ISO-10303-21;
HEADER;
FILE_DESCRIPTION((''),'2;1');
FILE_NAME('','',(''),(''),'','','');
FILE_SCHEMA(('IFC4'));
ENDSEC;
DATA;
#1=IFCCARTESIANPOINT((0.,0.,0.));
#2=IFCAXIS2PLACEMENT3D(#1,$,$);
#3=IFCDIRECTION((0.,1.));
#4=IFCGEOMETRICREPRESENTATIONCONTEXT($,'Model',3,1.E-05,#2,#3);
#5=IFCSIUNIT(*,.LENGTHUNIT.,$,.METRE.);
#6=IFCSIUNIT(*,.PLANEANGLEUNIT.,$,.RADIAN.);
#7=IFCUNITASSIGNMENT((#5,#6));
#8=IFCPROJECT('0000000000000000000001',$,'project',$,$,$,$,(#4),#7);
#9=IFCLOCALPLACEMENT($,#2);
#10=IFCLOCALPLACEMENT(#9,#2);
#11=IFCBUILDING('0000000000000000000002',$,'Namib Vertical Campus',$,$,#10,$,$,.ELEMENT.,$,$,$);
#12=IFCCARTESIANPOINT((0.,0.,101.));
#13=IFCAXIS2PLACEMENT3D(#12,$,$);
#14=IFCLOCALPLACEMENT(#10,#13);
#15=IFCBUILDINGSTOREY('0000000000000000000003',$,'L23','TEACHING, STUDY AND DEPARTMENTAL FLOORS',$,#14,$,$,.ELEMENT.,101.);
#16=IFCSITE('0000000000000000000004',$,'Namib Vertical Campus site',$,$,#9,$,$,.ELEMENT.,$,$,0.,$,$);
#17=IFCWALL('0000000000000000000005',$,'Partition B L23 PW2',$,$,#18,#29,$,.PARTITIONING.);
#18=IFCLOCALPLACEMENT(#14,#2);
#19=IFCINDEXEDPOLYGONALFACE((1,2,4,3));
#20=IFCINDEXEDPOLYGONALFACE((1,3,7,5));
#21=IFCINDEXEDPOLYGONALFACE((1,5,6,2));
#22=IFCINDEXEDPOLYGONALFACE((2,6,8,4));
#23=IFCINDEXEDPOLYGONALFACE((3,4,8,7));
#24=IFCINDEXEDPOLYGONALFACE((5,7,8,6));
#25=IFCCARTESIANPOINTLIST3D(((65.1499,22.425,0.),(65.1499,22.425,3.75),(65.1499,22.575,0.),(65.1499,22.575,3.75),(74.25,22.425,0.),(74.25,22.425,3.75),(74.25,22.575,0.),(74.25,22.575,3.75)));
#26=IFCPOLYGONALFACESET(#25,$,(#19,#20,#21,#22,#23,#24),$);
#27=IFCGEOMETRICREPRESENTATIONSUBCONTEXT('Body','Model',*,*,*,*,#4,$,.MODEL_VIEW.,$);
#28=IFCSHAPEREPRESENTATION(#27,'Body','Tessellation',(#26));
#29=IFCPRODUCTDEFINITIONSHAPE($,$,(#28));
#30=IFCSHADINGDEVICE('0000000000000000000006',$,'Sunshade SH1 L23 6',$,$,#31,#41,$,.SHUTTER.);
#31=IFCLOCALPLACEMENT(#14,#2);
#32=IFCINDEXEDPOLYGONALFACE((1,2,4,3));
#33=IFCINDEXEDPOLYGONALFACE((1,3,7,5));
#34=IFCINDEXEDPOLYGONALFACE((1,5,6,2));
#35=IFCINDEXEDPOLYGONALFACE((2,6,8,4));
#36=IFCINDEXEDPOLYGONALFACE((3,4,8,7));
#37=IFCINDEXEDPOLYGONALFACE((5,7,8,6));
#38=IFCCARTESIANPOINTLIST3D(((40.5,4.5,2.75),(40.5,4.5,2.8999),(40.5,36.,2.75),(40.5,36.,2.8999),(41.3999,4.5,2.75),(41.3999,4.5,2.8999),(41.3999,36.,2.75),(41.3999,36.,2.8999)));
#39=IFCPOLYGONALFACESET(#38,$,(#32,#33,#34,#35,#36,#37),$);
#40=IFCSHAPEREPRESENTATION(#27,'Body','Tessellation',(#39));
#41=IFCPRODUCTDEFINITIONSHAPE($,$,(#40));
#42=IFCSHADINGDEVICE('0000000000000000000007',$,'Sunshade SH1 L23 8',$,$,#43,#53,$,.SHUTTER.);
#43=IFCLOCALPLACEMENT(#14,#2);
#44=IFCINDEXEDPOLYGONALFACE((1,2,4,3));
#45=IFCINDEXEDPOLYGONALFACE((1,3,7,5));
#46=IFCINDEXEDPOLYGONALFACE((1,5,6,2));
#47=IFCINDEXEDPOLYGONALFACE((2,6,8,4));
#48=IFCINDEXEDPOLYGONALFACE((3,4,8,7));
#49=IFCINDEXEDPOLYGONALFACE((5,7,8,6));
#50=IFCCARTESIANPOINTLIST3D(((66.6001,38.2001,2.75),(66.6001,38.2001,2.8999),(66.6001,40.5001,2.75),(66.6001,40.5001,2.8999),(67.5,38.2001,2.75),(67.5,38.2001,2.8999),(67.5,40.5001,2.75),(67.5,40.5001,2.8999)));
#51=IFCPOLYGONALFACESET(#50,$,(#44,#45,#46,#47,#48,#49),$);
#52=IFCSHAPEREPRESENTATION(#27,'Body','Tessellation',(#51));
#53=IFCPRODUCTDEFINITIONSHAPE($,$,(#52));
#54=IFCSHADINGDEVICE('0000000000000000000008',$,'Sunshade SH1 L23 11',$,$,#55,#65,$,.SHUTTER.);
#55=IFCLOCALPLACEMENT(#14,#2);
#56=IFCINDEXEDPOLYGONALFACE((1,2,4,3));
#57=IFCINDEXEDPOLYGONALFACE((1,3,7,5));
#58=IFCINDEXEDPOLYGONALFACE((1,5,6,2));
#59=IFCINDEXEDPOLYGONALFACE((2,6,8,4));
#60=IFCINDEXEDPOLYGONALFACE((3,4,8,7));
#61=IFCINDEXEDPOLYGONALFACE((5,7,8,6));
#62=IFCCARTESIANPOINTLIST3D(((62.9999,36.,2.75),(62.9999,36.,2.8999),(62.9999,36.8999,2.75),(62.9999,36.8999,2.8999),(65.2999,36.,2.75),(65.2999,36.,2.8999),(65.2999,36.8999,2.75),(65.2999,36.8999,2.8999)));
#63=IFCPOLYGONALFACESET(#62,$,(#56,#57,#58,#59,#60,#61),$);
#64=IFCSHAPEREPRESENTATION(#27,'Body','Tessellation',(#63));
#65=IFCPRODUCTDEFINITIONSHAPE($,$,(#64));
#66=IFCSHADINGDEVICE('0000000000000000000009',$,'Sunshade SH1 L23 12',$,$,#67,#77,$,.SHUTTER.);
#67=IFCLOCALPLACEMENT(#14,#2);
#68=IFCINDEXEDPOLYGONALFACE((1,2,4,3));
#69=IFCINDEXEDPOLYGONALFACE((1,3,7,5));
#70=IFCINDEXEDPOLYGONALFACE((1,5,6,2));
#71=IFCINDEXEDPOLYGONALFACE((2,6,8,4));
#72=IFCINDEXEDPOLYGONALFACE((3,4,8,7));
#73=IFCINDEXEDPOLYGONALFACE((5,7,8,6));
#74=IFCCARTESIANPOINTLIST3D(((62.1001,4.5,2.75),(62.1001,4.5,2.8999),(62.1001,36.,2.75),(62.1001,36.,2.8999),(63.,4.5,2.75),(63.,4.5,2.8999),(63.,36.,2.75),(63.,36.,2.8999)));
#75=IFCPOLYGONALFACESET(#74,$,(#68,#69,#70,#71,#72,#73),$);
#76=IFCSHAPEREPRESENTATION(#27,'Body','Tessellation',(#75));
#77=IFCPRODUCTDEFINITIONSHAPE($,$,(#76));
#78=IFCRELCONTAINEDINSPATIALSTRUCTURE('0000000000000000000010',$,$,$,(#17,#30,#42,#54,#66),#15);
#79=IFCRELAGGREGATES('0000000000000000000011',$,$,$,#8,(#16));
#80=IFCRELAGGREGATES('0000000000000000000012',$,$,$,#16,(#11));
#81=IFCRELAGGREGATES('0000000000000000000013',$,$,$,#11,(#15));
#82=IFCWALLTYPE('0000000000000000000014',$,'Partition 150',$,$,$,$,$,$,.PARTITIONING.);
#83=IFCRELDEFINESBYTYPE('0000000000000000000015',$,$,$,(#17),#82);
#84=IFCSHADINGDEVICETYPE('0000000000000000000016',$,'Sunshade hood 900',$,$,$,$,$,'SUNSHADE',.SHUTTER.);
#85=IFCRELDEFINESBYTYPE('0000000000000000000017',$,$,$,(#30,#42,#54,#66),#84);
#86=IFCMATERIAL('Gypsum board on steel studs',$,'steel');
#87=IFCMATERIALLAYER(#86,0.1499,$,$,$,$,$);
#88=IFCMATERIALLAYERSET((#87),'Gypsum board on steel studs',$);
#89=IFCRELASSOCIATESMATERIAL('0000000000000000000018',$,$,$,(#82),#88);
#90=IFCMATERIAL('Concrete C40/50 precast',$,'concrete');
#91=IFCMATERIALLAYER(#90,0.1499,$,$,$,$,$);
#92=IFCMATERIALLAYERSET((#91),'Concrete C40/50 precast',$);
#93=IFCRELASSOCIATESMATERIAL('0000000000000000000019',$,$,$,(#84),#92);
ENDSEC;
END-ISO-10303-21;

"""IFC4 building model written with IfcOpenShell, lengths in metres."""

from ifc_helpers import new_model, si_unit, direction, frame, frame_2d, origin, origin_2d, place, context, subcontext, project, spatial, rectangle, extrude, material, layer, layer_set, type_object, element, save


model = new_model("IFC4")

# Units and contexts
model_context = context("Model", 3, precision=1e-05, world=origin(), true_north=direction((0.0, 1.0)))
body_context = subcontext(model_context, "Body", "Model", "MODEL_VIEW")
ifc_project = project(units=[si_unit("LENGTHUNIT", "METRE"), si_unit("PLANEANGLEUNIT", "RADIAN")], contexts=[model_context])

# Site, building, storey
site_placement = place(None, origin())
site = spatial("IfcSite", under=ifc_project, at=site_placement, Name="Namib Vertical Campus site", CompositionType="ELEMENT", RefElevation=0.0)
building_placement = place(site_placement, origin())
building = spatial("IfcBuilding", under=site, at=building_placement, Name="Namib Vertical Campus", CompositionType="ELEMENT")
storey_placement = place(building_placement, frame((0.0, 0.0, 101.0)))
storey = spatial("IfcBuildingStorey", under=building, at=storey_placement, Name="L23", Description="TEACHING, STUDY AND DEPARTMENTAL FLOORS", CompositionType="ELEMENT", Elevation=101.0)

# Wall
ifc_material_1 = material(Name="Gypsum board on steel studs", Category="steel")
ifc_layer_1 = layer(ifc_material_1, 0.1499)
ifc_layer_set_1 = layer_set([ifc_layer_1], Name="Gypsum board on steel studs")
wall_type_1 = type_object("IfcWallType", Name="Partition 150", PredefinedType="PARTITIONING", material=ifc_layer_set_1)
wall_1_placement = place(storey_placement, frame((65.1499, 22.5, 0.0), z_axis=(0.0, 0.0, 1.0), x_axis=(1.0, 0.0, 0.0)))
element("IfcWall", 1, at=wall_1_placement, inside=storey, type_object=wall_type_1, Name="Partition B L23 PW2", PredefinedType="PARTITIONING", context=body_context, shape_type="SweptSolid", body=[
    extrude(rectangle(XDim=9.1001, YDim=0.1499, at=frame_2d((4.55, 0.0))), origin(), (0.0, 0.0, 1.0), 3.75),
])

# Shading devices
ifc_material_2 = material(Name="Concrete C40/50 precast", Category="concrete")
ifc_layer_2 = layer(ifc_material_2, 0.1499)
ifc_layer_set_2 = layer_set([ifc_layer_2], Name="Concrete C40/50 precast")
shading_device_type = type_object("IfcShadingDeviceType", Name="Sunshade hood 900", ElementType="SUNSHADE", PredefinedType="SHUTTER", material=ifc_layer_set_2)
shading_device_1_placement = place(storey_placement, frame((40.95, 20.25, 2.75), z_axis=(0.0, 0.0, 1.0), x_axis=(0.0, 1.0, 0.0)))
element("IfcShadingDevice", 2, at=shading_device_1_placement, inside=storey, type_object=shading_device_type, Name="Sunshade SH1 L23 6", PredefinedType="SHUTTER", context=body_context, shape_type="SweptSolid", body=[
    extrude(rectangle(XDim=31.5, YDim=0.8999, at=origin_2d()), origin(), (0.0, 0.0, 1.0), 0.1499),
])
for number, where, z_axis, x_axis, name in (
    (3, (67.05, 39.3501, 2.75), (0.0, 0.0, 1.0), (0.0, -1.0, 0.0), "Sunshade SH1 L23 8"),
    (4, (64.1499, 36.45, 2.75), (0.0, 0.0, 1.0), (-1.0, 0.0, 0.0), "Sunshade SH1 L23 11"),
):
    element("IfcShadingDevice", number, at=place(storey_placement, frame(where, z_axis=z_axis, x_axis=x_axis)), inside=storey, type_object=shading_device_type, Name=name, PredefinedType="SHUTTER", context=body_context, shape_type="SweptSolid", body=[
        extrude(rectangle(XDim=2.3, YDim=0.8999, at=origin_2d()), origin(), (0.0, 0.0, 1.0), 0.1499),
    ])
shading_device_2_placement = place(storey_placement, frame((62.55, 20.25, 2.75), z_axis=(0.0, 0.0, 1.0), x_axis=(0.0, -1.0, 0.0)))
element("IfcShadingDevice", 5, at=shading_device_2_placement, inside=storey, type_object=shading_device_type, Name="Sunshade SH1 L23 12", PredefinedType="SHUTTER", context=body_context, shape_type="SweptSolid", body=[
    extrude(rectangle(XDim=31.5, YDim=0.8999, at=origin_2d()), origin(), (0.0, 0.0, 1.0), 0.1499),
])

save(model, "model.ifc")
